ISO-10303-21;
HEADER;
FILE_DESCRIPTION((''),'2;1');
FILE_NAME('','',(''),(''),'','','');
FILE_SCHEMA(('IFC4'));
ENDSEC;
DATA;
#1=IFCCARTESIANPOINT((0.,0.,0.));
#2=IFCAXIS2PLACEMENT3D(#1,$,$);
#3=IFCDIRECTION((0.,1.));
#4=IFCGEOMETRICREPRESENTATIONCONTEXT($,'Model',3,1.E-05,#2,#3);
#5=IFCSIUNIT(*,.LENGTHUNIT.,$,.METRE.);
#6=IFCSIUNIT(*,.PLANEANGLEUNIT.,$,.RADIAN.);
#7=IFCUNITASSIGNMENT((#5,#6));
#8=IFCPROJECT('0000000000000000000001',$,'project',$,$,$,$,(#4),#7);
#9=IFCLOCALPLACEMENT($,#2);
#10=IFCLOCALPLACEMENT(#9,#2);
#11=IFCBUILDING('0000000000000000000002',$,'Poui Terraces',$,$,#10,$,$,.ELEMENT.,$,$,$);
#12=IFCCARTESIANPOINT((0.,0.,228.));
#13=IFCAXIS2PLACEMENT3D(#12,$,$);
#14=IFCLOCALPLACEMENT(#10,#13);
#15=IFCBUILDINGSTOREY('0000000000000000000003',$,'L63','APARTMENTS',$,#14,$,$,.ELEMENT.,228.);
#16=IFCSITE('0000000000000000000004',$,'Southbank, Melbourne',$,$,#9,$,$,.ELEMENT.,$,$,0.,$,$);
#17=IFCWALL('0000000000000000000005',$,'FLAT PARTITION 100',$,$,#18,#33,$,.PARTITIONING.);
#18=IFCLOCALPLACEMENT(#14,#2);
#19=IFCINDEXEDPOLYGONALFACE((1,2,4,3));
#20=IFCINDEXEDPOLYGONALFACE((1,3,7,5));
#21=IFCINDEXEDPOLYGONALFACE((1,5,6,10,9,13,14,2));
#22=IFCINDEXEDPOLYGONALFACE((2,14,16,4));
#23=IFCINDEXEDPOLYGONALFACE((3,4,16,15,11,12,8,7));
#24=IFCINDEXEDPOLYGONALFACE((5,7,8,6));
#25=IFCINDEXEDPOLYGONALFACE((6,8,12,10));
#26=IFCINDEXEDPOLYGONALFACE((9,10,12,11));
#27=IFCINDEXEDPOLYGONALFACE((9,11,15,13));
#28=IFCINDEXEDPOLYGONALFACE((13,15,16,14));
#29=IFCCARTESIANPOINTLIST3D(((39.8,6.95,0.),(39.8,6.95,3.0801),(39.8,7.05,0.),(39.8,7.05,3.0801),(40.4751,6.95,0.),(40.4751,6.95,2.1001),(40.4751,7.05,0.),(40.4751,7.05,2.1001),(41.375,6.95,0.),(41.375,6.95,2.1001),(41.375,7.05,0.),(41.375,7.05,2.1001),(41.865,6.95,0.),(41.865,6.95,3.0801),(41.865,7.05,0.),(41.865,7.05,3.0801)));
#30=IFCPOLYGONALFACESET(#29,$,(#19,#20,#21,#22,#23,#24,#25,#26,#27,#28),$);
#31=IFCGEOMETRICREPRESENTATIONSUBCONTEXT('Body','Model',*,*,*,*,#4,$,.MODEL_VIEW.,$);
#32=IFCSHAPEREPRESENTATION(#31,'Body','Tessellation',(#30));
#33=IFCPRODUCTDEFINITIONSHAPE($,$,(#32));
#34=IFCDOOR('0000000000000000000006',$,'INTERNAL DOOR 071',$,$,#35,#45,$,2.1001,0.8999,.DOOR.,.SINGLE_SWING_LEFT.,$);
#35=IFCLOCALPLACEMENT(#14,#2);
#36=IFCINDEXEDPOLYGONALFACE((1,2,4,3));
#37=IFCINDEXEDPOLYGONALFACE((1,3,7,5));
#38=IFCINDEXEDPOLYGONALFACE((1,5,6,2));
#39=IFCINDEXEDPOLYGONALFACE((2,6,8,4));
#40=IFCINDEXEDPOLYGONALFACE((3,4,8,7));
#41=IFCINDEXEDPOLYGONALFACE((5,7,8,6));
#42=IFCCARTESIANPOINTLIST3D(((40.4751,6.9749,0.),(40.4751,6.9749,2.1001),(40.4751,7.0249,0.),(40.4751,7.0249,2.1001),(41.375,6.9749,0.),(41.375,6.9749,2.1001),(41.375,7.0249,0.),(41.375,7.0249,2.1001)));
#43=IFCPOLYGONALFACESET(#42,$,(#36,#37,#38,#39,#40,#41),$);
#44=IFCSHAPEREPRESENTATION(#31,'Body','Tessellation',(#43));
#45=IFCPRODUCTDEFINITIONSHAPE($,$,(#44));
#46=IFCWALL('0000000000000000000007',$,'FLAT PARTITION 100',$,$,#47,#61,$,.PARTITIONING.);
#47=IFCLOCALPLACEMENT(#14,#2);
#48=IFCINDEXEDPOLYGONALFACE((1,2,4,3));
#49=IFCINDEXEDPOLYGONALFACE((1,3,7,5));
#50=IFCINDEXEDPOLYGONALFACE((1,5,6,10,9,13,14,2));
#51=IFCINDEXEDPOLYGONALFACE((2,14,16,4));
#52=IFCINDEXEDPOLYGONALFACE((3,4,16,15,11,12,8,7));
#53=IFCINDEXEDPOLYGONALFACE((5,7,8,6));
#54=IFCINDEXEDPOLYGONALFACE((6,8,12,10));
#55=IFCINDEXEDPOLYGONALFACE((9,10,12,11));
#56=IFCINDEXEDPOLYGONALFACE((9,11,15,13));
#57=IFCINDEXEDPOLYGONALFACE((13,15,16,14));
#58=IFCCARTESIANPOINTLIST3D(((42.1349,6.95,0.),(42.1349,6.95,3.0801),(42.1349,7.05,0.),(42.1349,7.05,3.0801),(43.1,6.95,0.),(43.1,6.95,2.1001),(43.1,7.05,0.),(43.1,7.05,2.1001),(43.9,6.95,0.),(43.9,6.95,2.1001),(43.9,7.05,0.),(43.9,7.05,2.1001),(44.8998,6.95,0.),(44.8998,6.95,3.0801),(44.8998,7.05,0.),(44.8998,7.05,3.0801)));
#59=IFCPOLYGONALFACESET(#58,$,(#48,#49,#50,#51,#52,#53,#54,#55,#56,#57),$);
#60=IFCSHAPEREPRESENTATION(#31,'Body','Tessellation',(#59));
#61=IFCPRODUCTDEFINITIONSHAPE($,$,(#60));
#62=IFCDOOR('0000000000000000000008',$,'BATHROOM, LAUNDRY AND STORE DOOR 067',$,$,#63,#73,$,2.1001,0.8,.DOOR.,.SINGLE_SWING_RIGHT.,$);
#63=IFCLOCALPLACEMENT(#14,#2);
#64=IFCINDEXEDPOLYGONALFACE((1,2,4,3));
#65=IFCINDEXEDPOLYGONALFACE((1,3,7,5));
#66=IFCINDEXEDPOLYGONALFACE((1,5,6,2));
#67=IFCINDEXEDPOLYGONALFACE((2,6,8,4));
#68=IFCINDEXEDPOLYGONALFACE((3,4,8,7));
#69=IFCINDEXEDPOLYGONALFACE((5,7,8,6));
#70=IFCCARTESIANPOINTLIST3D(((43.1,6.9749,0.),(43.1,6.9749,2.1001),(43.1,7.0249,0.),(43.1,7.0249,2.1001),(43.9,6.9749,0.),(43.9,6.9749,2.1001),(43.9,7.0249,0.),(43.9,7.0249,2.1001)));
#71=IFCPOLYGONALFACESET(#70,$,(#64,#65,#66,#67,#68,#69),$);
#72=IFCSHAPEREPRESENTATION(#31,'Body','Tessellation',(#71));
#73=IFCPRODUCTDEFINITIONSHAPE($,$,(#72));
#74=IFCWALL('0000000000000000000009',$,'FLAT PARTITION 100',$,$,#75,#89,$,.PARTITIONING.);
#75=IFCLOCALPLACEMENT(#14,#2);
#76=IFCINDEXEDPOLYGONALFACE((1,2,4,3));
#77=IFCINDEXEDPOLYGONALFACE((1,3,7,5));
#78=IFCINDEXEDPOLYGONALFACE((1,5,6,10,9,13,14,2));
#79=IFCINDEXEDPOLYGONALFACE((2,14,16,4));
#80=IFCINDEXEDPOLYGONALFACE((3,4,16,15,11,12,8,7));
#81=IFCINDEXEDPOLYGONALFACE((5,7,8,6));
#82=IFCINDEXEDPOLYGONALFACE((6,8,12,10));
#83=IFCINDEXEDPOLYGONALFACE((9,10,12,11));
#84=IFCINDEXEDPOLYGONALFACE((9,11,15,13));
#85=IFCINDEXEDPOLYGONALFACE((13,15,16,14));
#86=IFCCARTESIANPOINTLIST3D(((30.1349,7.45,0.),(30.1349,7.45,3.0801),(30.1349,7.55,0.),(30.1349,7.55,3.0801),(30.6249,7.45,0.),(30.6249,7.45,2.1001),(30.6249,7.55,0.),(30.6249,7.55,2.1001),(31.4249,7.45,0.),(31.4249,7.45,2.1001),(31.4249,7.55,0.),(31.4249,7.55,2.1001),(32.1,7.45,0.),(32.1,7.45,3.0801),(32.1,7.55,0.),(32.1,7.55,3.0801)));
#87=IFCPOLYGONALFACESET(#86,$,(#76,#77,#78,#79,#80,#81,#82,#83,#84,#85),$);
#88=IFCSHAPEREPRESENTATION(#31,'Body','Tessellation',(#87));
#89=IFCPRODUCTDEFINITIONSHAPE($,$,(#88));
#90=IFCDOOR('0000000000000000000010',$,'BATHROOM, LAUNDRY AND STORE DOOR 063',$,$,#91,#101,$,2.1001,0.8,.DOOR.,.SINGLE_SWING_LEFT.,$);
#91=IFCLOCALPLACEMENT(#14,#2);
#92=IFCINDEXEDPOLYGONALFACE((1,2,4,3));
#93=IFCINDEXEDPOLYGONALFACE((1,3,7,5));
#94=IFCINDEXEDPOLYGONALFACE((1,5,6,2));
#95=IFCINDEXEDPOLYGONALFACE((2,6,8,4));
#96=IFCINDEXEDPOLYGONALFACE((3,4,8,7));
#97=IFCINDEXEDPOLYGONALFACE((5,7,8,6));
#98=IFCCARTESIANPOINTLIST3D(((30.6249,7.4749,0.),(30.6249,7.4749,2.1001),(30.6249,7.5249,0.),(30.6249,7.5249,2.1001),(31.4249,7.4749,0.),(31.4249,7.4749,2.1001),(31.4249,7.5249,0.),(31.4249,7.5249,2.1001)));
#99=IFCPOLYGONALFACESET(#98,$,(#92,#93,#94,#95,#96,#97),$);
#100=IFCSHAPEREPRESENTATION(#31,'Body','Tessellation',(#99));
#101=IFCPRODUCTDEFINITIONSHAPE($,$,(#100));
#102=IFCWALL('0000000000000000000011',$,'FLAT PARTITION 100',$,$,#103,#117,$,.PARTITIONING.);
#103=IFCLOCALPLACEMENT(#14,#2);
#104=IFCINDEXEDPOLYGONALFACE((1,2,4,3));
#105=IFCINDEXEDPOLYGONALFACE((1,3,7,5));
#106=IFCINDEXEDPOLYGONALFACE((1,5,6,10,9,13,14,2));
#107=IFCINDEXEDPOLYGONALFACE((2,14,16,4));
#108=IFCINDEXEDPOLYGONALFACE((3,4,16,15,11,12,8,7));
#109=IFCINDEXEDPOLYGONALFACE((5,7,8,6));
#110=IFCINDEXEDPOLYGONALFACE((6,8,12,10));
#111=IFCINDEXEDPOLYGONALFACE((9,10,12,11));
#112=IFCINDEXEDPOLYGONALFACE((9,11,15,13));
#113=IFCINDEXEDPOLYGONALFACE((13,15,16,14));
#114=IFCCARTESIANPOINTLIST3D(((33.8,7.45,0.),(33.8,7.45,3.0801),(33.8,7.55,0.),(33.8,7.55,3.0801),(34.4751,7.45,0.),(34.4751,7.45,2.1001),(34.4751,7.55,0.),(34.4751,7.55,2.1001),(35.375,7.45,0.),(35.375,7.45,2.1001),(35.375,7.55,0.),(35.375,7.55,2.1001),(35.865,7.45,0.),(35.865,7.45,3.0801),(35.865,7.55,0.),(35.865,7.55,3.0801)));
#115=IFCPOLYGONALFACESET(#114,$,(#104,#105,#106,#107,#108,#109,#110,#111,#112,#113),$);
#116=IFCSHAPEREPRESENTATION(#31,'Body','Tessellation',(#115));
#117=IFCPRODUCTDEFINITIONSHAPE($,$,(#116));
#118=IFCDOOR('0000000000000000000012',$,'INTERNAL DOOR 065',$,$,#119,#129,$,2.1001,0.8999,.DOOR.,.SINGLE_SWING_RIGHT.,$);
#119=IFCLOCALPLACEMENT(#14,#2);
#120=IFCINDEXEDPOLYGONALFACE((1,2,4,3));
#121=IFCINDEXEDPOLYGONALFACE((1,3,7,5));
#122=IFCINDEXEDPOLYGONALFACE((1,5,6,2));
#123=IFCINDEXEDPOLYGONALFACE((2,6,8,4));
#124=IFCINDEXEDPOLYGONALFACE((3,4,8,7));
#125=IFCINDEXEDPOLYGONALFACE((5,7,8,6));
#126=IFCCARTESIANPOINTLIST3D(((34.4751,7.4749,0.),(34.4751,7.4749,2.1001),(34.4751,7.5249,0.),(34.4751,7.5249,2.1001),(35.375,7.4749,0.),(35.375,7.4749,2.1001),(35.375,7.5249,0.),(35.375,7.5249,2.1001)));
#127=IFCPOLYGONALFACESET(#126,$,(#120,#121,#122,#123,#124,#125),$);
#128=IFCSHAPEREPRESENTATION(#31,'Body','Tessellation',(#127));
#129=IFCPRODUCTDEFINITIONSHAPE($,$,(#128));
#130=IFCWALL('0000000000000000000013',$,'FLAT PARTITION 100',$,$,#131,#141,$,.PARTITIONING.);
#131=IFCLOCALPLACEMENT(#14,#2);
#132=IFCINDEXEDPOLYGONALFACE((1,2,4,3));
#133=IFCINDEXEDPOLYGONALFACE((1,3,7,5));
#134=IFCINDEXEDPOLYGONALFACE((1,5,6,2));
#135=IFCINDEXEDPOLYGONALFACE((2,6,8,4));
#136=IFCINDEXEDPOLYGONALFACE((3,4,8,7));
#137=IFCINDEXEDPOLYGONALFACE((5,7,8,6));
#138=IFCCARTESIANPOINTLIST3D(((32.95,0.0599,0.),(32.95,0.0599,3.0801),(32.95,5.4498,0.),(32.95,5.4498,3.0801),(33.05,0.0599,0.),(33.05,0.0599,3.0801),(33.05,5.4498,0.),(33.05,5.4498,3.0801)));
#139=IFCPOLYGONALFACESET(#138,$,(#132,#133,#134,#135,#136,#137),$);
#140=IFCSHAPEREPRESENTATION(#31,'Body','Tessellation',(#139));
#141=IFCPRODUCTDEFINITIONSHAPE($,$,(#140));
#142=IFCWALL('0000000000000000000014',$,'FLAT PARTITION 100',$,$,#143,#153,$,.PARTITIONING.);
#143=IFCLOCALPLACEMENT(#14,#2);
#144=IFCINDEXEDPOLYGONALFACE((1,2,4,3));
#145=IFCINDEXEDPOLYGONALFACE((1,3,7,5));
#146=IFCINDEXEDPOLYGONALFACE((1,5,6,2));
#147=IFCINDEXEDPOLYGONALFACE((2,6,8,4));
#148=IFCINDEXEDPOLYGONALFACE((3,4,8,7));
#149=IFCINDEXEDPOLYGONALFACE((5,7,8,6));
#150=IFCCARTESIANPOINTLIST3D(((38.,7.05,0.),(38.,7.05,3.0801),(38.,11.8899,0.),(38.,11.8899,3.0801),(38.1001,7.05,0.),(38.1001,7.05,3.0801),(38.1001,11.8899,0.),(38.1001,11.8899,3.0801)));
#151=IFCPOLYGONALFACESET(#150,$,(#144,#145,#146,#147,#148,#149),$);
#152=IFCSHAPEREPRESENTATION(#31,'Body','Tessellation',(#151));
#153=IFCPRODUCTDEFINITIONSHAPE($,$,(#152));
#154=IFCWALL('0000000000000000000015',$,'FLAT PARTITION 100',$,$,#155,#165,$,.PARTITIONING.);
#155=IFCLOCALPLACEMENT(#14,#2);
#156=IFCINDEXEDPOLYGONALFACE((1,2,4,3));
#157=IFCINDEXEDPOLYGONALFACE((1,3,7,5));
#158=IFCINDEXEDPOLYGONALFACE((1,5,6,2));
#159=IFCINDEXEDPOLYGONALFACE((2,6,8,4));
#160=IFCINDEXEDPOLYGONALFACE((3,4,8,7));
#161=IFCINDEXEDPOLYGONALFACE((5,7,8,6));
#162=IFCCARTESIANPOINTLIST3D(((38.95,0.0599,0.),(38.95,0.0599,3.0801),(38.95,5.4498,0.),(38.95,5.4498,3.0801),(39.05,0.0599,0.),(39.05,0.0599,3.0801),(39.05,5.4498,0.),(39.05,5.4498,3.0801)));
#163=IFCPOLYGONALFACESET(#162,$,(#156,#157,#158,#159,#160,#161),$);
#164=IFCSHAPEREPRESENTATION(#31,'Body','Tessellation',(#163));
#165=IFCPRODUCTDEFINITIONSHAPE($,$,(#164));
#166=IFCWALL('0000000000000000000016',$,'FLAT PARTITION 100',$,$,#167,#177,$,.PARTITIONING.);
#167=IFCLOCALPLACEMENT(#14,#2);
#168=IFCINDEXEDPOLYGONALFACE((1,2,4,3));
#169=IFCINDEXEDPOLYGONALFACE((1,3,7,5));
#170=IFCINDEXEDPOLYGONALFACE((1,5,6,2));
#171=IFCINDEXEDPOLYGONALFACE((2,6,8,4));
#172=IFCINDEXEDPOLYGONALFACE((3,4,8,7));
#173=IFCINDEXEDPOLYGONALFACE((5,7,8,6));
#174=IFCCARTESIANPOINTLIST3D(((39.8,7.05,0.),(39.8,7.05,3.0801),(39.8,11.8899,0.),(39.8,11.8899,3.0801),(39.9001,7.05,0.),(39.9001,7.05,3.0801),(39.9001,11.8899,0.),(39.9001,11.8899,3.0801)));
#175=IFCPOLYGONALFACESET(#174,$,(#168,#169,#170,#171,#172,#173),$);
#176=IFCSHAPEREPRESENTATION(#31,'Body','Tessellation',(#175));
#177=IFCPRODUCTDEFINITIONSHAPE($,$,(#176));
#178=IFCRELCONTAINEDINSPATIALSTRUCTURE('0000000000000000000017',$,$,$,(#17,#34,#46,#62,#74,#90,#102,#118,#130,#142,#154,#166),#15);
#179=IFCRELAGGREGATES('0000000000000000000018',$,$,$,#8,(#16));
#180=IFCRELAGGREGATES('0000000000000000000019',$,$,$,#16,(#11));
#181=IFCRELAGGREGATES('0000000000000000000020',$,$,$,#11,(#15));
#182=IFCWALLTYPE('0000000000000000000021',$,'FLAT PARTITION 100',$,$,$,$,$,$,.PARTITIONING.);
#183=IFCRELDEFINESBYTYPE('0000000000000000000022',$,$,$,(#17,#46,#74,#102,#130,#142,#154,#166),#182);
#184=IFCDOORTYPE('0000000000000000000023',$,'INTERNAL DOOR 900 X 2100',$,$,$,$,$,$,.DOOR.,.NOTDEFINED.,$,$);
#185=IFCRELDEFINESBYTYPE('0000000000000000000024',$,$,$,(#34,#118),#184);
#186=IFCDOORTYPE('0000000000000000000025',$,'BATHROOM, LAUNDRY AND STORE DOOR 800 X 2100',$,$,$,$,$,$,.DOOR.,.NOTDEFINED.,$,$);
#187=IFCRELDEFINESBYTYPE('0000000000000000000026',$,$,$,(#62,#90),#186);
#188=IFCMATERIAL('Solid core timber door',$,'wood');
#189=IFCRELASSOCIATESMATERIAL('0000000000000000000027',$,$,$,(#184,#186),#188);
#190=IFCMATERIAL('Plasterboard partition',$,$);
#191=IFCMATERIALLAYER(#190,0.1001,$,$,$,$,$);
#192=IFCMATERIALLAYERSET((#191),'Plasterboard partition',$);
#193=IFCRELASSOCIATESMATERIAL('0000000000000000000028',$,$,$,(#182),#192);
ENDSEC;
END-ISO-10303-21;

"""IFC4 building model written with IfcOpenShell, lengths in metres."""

from ifc_helpers import new_model, si_unit, direction, frame, frame_2d, origin, place, context, subcontext, project, spatial, rectangle, extrude, material, layer, layer_set, type_object, element, fill, save


model = new_model("IFC4")

# Units and contexts
model_context = context("Model", 3, precision=1e-05, world=origin(), true_north=direction((0.0, 1.0)))
body_context = subcontext(model_context, "Body", "Model", "MODEL_VIEW")
ifc_project = project(units=[si_unit("LENGTHUNIT", "METRE"), si_unit("PLANEANGLEUNIT", "RADIAN")], contexts=[model_context])

# Site, building, storey
site_placement = place(None, origin())
site = spatial("IfcSite", under=ifc_project, at=site_placement, Name="Southbank, Melbourne", CompositionType="ELEMENT", RefElevation=0.0)
building_placement = place(site_placement, origin())
building = spatial("IfcBuilding", under=site, at=building_placement, Name="Poui Terraces", CompositionType="ELEMENT")
storey_placement = place(building_placement, frame((0.0, 0.0, 228.0)))
storey = spatial("IfcBuildingStorey", under=building, at=storey_placement, Name="L63", Description="APARTMENTS", CompositionType="ELEMENT", Elevation=228.0)

# Walls, openings, doors
ifc_material_1 = material(Name="Solid core timber door", Category="wood")
door_type_1 = type_object("IfcDoorType", Name="INTERNAL DOOR 900 X 2100", OperationType="NOTDEFINED", PredefinedType="DOOR", material=ifc_material_1)
ifc_material_2 = material(Name="Plasterboard partition")
ifc_layer_1 = layer(ifc_material_2, 0.1001)
ifc_layer_set_1 = layer_set([ifc_layer_1], Name="Plasterboard partition")
wall_type_1 = type_object("IfcWallType", Name="FLAT PARTITION 100", PredefinedType="PARTITIONING", material=ifc_layer_set_1)
door_type_2 = type_object("IfcDoorType", Name="BATHROOM, LAUNDRY AND STORE DOOR 800 X 2100", OperationType="NOTDEFINED", PredefinedType="DOOR", material=ifc_material_1)
wall_1_placement = place(storey_placement, frame((39.8, 7.0, 0.0), z_axis=(0.0, 0.0, 1.0), x_axis=(1.0, 0.0, 0.0)))
wall_1 = element("IfcWall", 1, at=wall_1_placement, inside=storey, type_object=wall_type_1, Name="FLAT PARTITION 100", PredefinedType="PARTITIONING", context=body_context, shape_type="SweptSolid", body=[
    extrude(rectangle(XDim=2.0649, YDim=0.1001, at=frame_2d((1.0325, 0.0))), origin(), (0.0, 0.0, 1.0), 3.0801),
])
opening_1_placement = place(wall_1_placement, frame((0.675, 0.0, 0.0)))
opening_1 = element("IfcOpeningElement", 2, at=opening_1_placement, cuts=wall_1, PredefinedType="OPENING", context=body_context, shape_type="SweptSolid", body=[
    extrude(rectangle(XDim=0.8999, YDim=2.1001, at=frame_2d((0.45, 1.05))), frame((0.0, 0.0601, 0.0), z_axis=(0.0, -1.0, 0.0), x_axis=(1.0, 0.0, 0.0)), (0.0, 0.0, 1.0), 0.1201),
])
door_1_placement = place(opening_1_placement, origin())
door_1 = element("IfcDoor", 3, at=door_1_placement, inside=storey, type_object=door_type_1, Name="INTERNAL DOOR 071", OperationType="SINGLE_SWING_LEFT", OverallHeight=2.1001, OverallWidth=0.8999, PredefinedType="DOOR", context=body_context, shape_type="SweptSolid", body=[
    extrude(rectangle(XDim=0.8999, YDim=2.1001, at=frame_2d((0.45, 1.05))), frame((0.0, 0.0249, 0.0), z_axis=(0.0, -1.0, 0.0), x_axis=(1.0, 0.0, 0.0)), (0.0, 0.0, 1.0), 0.05),
])
fill(opening_1, door_1)
wall_2_placement = place(storey_placement, frame((42.135, 7.0, 0.0), z_axis=(0.0, 0.0, 1.0), x_axis=(1.0, 0.0, 0.0)))
wall_2 = element("IfcWall", 4, at=wall_2_placement, inside=storey, type_object=wall_type_1, Name="FLAT PARTITION 100", PredefinedType="PARTITIONING", context=body_context, shape_type="SweptSolid", body=[
    extrude(rectangle(XDim=2.7649, YDim=0.1001, at=frame_2d((1.3823, 0.0))), origin(), (0.0, 0.0, 1.0), 3.0801),
])
opening_2_placement = place(wall_2_placement, frame((0.9651, 0.0, 0.0)))
opening_2 = element("IfcOpeningElement", 5, at=opening_2_placement, cuts=wall_2, PredefinedType="OPENING", context=body_context, shape_type="SweptSolid", body=[
    extrude(rectangle(XDim=0.8, YDim=2.1001, at=frame_2d((0.3999, 1.05))), frame((0.0, 0.0601, 0.0), z_axis=(0.0, -1.0, 0.0), x_axis=(1.0, 0.0, 0.0)), (0.0, 0.0, 1.0), 0.1201),
])
door_2_placement = place(opening_2_placement, origin())
door_2 = element("IfcDoor", 6, at=door_2_placement, inside=storey, type_object=door_type_2, Name="BATHROOM, LAUNDRY AND STORE DOOR 067", OperationType="SINGLE_SWING_RIGHT", OverallHeight=2.1001, OverallWidth=0.8, PredefinedType="DOOR", context=body_context, shape_type="SweptSolid", body=[
    extrude(rectangle(XDim=0.8, YDim=2.1001, at=frame_2d((0.3999, 1.05))), frame((0.0, 0.0249, 0.0), z_axis=(0.0, -1.0, 0.0), x_axis=(1.0, 0.0, 0.0)), (0.0, 0.0, 1.0), 0.05),
])
fill(opening_2, door_2)
wall_3_placement = place(storey_placement, frame((30.135, 7.5, 0.0), z_axis=(0.0, 0.0, 1.0), x_axis=(1.0, 0.0, 0.0)))
wall_3 = element("IfcWall", 7, at=wall_3_placement, inside=storey, type_object=wall_type_1, Name="FLAT PARTITION 100", PredefinedType="PARTITIONING", context=body_context, shape_type="SweptSolid", body=[
    extrude(rectangle(XDim=1.9651, YDim=0.1001, at=frame_2d((0.9824, 0.0))), origin(), (0.0, 0.0, 1.0), 3.0801),
])
opening_3_placement = place(wall_3_placement, frame((0.49, 0.0, 0.0)))
opening_3 = element("IfcOpeningElement", 8, at=opening_3_placement, cuts=wall_3, PredefinedType="OPENING", context=body_context, shape_type="SweptSolid", body=[
    extrude(rectangle(XDim=0.8, YDim=2.1001, at=frame_2d((0.3999, 1.05))), frame((0.0, 0.0601, 0.0), z_axis=(0.0, -1.0, 0.0), x_axis=(1.0, 0.0, 0.0)), (0.0, 0.0, 1.0), 0.1201),
])
door_3_placement = place(opening_3_placement, origin())
door_3 = element("IfcDoor", 9, at=door_3_placement, inside=storey, type_object=door_type_2, Name="BATHROOM, LAUNDRY AND STORE DOOR 063", OperationType="SINGLE_SWING_LEFT", OverallHeight=2.1001, OverallWidth=0.8, PredefinedType="DOOR", context=body_context, shape_type="SweptSolid", body=[
    extrude(rectangle(XDim=0.8, YDim=2.1001, at=frame_2d((0.3999, 1.05))), frame((0.0, 0.0249, 0.0), z_axis=(0.0, -1.0, 0.0), x_axis=(1.0, 0.0, 0.0)), (0.0, 0.0, 1.0), 0.05),
])
fill(opening_3, door_3)
wall_4_placement = place(storey_placement, frame((33.8, 7.5, 0.0), z_axis=(0.0, 0.0, 1.0), x_axis=(1.0, 0.0, 0.0)))
wall_4 = element("IfcWall", 10, at=wall_4_placement, inside=storey, type_object=wall_type_1, Name="FLAT PARTITION 100", PredefinedType="PARTITIONING", context=body_context, shape_type="SweptSolid", body=[
    extrude(rectangle(XDim=2.0649, YDim=0.1001, at=frame_2d((1.0325, 0.0))), origin(), (0.0, 0.0, 1.0), 3.0801),
])
opening_4_placement = place(wall_4_placement, frame((0.675, 0.0, 0.0)))
opening_4 = element("IfcOpeningElement", 11, at=opening_4_placement, cuts=wall_4, PredefinedType="OPENING", context=body_context, shape_type="SweptSolid", body=[
    extrude(rectangle(XDim=0.8999, YDim=2.1001, at=frame_2d((0.45, 1.05))), frame((0.0, 0.0601, 0.0), z_axis=(0.0, -1.0, 0.0), x_axis=(1.0, 0.0, 0.0)), (0.0, 0.0, 1.0), 0.1201),
])
door_4_placement = place(opening_4_placement, origin())
door_4 = element("IfcDoor", 12, at=door_4_placement, inside=storey, type_object=door_type_1, Name="INTERNAL DOOR 065", OperationType="SINGLE_SWING_RIGHT", OverallHeight=2.1001, OverallWidth=0.8999, PredefinedType="DOOR", context=body_context, shape_type="SweptSolid", body=[
    extrude(rectangle(XDim=0.8999, YDim=2.1001, at=frame_2d((0.45, 1.05))), frame((0.0, 0.0249, 0.0), z_axis=(0.0, -1.0, 0.0), x_axis=(1.0, 0.0, 0.0)), (0.0, 0.0, 1.0), 0.05),
])
fill(opening_4, door_4)

# Walls
wall_5_placement = place(storey_placement, frame((33.0, 0.0601, 0.0), z_axis=(0.0, 0.0, 1.0), x_axis=(0.0, 1.0, 0.0)))
element("IfcWall", 13, at=wall_5_placement, inside=storey, type_object=wall_type_1, Name="FLAT PARTITION 100", PredefinedType="PARTITIONING", context=body_context, shape_type="SweptSolid", body=[
    extrude(rectangle(XDim=5.3899, YDim=0.1001, at=frame_2d((2.6948, 0.0))), origin(), (0.0, 0.0, 1.0), 3.0801),
])
wall_6_placement = place(storey_placement, frame((38.05, 7.05, 0.0), z_axis=(0.0, 0.0, 1.0), x_axis=(0.0, 1.0, 0.0)))
element("IfcWall", 14, at=wall_6_placement, inside=storey, type_object=wall_type_1, Name="FLAT PARTITION 100", PredefinedType="PARTITIONING", context=body_context, shape_type="SweptSolid", body=[
    extrude(rectangle(XDim=4.8398, YDim=0.1001, at=frame_2d((2.4199, 0.0))), origin(), (0.0, 0.0, 1.0), 3.0801),
])
wall_7_placement = place(storey_placement, frame((39.0, 0.0601, 0.0), z_axis=(0.0, 0.0, 1.0), x_axis=(0.0, 1.0, 0.0)))
element("IfcWall", 15, at=wall_7_placement, inside=storey, type_object=wall_type_1, Name="FLAT PARTITION 100", PredefinedType="PARTITIONING", context=body_context, shape_type="SweptSolid", body=[
    extrude(rectangle(XDim=5.3899, YDim=0.1001, at=frame_2d((2.6948, 0.0))), origin(), (0.0, 0.0, 1.0), 3.0801),
])
wall_8_placement = place(storey_placement, frame((39.8501, 7.05, 0.0), z_axis=(0.0, 0.0, 1.0), x_axis=(0.0, 1.0, 0.0)))
element("IfcWall", 16, at=wall_8_placement, inside=storey, type_object=wall_type_1, Name="FLAT PARTITION 100", PredefinedType="PARTITIONING", context=body_context, shape_type="SweptSolid", body=[
    extrude(rectangle(XDim=4.8398, YDim=0.1001, at=frame_2d((2.4199, 0.0))), origin(), (0.0, 0.0, 1.0), 3.0801),
])

save(model, "model.ifc")
